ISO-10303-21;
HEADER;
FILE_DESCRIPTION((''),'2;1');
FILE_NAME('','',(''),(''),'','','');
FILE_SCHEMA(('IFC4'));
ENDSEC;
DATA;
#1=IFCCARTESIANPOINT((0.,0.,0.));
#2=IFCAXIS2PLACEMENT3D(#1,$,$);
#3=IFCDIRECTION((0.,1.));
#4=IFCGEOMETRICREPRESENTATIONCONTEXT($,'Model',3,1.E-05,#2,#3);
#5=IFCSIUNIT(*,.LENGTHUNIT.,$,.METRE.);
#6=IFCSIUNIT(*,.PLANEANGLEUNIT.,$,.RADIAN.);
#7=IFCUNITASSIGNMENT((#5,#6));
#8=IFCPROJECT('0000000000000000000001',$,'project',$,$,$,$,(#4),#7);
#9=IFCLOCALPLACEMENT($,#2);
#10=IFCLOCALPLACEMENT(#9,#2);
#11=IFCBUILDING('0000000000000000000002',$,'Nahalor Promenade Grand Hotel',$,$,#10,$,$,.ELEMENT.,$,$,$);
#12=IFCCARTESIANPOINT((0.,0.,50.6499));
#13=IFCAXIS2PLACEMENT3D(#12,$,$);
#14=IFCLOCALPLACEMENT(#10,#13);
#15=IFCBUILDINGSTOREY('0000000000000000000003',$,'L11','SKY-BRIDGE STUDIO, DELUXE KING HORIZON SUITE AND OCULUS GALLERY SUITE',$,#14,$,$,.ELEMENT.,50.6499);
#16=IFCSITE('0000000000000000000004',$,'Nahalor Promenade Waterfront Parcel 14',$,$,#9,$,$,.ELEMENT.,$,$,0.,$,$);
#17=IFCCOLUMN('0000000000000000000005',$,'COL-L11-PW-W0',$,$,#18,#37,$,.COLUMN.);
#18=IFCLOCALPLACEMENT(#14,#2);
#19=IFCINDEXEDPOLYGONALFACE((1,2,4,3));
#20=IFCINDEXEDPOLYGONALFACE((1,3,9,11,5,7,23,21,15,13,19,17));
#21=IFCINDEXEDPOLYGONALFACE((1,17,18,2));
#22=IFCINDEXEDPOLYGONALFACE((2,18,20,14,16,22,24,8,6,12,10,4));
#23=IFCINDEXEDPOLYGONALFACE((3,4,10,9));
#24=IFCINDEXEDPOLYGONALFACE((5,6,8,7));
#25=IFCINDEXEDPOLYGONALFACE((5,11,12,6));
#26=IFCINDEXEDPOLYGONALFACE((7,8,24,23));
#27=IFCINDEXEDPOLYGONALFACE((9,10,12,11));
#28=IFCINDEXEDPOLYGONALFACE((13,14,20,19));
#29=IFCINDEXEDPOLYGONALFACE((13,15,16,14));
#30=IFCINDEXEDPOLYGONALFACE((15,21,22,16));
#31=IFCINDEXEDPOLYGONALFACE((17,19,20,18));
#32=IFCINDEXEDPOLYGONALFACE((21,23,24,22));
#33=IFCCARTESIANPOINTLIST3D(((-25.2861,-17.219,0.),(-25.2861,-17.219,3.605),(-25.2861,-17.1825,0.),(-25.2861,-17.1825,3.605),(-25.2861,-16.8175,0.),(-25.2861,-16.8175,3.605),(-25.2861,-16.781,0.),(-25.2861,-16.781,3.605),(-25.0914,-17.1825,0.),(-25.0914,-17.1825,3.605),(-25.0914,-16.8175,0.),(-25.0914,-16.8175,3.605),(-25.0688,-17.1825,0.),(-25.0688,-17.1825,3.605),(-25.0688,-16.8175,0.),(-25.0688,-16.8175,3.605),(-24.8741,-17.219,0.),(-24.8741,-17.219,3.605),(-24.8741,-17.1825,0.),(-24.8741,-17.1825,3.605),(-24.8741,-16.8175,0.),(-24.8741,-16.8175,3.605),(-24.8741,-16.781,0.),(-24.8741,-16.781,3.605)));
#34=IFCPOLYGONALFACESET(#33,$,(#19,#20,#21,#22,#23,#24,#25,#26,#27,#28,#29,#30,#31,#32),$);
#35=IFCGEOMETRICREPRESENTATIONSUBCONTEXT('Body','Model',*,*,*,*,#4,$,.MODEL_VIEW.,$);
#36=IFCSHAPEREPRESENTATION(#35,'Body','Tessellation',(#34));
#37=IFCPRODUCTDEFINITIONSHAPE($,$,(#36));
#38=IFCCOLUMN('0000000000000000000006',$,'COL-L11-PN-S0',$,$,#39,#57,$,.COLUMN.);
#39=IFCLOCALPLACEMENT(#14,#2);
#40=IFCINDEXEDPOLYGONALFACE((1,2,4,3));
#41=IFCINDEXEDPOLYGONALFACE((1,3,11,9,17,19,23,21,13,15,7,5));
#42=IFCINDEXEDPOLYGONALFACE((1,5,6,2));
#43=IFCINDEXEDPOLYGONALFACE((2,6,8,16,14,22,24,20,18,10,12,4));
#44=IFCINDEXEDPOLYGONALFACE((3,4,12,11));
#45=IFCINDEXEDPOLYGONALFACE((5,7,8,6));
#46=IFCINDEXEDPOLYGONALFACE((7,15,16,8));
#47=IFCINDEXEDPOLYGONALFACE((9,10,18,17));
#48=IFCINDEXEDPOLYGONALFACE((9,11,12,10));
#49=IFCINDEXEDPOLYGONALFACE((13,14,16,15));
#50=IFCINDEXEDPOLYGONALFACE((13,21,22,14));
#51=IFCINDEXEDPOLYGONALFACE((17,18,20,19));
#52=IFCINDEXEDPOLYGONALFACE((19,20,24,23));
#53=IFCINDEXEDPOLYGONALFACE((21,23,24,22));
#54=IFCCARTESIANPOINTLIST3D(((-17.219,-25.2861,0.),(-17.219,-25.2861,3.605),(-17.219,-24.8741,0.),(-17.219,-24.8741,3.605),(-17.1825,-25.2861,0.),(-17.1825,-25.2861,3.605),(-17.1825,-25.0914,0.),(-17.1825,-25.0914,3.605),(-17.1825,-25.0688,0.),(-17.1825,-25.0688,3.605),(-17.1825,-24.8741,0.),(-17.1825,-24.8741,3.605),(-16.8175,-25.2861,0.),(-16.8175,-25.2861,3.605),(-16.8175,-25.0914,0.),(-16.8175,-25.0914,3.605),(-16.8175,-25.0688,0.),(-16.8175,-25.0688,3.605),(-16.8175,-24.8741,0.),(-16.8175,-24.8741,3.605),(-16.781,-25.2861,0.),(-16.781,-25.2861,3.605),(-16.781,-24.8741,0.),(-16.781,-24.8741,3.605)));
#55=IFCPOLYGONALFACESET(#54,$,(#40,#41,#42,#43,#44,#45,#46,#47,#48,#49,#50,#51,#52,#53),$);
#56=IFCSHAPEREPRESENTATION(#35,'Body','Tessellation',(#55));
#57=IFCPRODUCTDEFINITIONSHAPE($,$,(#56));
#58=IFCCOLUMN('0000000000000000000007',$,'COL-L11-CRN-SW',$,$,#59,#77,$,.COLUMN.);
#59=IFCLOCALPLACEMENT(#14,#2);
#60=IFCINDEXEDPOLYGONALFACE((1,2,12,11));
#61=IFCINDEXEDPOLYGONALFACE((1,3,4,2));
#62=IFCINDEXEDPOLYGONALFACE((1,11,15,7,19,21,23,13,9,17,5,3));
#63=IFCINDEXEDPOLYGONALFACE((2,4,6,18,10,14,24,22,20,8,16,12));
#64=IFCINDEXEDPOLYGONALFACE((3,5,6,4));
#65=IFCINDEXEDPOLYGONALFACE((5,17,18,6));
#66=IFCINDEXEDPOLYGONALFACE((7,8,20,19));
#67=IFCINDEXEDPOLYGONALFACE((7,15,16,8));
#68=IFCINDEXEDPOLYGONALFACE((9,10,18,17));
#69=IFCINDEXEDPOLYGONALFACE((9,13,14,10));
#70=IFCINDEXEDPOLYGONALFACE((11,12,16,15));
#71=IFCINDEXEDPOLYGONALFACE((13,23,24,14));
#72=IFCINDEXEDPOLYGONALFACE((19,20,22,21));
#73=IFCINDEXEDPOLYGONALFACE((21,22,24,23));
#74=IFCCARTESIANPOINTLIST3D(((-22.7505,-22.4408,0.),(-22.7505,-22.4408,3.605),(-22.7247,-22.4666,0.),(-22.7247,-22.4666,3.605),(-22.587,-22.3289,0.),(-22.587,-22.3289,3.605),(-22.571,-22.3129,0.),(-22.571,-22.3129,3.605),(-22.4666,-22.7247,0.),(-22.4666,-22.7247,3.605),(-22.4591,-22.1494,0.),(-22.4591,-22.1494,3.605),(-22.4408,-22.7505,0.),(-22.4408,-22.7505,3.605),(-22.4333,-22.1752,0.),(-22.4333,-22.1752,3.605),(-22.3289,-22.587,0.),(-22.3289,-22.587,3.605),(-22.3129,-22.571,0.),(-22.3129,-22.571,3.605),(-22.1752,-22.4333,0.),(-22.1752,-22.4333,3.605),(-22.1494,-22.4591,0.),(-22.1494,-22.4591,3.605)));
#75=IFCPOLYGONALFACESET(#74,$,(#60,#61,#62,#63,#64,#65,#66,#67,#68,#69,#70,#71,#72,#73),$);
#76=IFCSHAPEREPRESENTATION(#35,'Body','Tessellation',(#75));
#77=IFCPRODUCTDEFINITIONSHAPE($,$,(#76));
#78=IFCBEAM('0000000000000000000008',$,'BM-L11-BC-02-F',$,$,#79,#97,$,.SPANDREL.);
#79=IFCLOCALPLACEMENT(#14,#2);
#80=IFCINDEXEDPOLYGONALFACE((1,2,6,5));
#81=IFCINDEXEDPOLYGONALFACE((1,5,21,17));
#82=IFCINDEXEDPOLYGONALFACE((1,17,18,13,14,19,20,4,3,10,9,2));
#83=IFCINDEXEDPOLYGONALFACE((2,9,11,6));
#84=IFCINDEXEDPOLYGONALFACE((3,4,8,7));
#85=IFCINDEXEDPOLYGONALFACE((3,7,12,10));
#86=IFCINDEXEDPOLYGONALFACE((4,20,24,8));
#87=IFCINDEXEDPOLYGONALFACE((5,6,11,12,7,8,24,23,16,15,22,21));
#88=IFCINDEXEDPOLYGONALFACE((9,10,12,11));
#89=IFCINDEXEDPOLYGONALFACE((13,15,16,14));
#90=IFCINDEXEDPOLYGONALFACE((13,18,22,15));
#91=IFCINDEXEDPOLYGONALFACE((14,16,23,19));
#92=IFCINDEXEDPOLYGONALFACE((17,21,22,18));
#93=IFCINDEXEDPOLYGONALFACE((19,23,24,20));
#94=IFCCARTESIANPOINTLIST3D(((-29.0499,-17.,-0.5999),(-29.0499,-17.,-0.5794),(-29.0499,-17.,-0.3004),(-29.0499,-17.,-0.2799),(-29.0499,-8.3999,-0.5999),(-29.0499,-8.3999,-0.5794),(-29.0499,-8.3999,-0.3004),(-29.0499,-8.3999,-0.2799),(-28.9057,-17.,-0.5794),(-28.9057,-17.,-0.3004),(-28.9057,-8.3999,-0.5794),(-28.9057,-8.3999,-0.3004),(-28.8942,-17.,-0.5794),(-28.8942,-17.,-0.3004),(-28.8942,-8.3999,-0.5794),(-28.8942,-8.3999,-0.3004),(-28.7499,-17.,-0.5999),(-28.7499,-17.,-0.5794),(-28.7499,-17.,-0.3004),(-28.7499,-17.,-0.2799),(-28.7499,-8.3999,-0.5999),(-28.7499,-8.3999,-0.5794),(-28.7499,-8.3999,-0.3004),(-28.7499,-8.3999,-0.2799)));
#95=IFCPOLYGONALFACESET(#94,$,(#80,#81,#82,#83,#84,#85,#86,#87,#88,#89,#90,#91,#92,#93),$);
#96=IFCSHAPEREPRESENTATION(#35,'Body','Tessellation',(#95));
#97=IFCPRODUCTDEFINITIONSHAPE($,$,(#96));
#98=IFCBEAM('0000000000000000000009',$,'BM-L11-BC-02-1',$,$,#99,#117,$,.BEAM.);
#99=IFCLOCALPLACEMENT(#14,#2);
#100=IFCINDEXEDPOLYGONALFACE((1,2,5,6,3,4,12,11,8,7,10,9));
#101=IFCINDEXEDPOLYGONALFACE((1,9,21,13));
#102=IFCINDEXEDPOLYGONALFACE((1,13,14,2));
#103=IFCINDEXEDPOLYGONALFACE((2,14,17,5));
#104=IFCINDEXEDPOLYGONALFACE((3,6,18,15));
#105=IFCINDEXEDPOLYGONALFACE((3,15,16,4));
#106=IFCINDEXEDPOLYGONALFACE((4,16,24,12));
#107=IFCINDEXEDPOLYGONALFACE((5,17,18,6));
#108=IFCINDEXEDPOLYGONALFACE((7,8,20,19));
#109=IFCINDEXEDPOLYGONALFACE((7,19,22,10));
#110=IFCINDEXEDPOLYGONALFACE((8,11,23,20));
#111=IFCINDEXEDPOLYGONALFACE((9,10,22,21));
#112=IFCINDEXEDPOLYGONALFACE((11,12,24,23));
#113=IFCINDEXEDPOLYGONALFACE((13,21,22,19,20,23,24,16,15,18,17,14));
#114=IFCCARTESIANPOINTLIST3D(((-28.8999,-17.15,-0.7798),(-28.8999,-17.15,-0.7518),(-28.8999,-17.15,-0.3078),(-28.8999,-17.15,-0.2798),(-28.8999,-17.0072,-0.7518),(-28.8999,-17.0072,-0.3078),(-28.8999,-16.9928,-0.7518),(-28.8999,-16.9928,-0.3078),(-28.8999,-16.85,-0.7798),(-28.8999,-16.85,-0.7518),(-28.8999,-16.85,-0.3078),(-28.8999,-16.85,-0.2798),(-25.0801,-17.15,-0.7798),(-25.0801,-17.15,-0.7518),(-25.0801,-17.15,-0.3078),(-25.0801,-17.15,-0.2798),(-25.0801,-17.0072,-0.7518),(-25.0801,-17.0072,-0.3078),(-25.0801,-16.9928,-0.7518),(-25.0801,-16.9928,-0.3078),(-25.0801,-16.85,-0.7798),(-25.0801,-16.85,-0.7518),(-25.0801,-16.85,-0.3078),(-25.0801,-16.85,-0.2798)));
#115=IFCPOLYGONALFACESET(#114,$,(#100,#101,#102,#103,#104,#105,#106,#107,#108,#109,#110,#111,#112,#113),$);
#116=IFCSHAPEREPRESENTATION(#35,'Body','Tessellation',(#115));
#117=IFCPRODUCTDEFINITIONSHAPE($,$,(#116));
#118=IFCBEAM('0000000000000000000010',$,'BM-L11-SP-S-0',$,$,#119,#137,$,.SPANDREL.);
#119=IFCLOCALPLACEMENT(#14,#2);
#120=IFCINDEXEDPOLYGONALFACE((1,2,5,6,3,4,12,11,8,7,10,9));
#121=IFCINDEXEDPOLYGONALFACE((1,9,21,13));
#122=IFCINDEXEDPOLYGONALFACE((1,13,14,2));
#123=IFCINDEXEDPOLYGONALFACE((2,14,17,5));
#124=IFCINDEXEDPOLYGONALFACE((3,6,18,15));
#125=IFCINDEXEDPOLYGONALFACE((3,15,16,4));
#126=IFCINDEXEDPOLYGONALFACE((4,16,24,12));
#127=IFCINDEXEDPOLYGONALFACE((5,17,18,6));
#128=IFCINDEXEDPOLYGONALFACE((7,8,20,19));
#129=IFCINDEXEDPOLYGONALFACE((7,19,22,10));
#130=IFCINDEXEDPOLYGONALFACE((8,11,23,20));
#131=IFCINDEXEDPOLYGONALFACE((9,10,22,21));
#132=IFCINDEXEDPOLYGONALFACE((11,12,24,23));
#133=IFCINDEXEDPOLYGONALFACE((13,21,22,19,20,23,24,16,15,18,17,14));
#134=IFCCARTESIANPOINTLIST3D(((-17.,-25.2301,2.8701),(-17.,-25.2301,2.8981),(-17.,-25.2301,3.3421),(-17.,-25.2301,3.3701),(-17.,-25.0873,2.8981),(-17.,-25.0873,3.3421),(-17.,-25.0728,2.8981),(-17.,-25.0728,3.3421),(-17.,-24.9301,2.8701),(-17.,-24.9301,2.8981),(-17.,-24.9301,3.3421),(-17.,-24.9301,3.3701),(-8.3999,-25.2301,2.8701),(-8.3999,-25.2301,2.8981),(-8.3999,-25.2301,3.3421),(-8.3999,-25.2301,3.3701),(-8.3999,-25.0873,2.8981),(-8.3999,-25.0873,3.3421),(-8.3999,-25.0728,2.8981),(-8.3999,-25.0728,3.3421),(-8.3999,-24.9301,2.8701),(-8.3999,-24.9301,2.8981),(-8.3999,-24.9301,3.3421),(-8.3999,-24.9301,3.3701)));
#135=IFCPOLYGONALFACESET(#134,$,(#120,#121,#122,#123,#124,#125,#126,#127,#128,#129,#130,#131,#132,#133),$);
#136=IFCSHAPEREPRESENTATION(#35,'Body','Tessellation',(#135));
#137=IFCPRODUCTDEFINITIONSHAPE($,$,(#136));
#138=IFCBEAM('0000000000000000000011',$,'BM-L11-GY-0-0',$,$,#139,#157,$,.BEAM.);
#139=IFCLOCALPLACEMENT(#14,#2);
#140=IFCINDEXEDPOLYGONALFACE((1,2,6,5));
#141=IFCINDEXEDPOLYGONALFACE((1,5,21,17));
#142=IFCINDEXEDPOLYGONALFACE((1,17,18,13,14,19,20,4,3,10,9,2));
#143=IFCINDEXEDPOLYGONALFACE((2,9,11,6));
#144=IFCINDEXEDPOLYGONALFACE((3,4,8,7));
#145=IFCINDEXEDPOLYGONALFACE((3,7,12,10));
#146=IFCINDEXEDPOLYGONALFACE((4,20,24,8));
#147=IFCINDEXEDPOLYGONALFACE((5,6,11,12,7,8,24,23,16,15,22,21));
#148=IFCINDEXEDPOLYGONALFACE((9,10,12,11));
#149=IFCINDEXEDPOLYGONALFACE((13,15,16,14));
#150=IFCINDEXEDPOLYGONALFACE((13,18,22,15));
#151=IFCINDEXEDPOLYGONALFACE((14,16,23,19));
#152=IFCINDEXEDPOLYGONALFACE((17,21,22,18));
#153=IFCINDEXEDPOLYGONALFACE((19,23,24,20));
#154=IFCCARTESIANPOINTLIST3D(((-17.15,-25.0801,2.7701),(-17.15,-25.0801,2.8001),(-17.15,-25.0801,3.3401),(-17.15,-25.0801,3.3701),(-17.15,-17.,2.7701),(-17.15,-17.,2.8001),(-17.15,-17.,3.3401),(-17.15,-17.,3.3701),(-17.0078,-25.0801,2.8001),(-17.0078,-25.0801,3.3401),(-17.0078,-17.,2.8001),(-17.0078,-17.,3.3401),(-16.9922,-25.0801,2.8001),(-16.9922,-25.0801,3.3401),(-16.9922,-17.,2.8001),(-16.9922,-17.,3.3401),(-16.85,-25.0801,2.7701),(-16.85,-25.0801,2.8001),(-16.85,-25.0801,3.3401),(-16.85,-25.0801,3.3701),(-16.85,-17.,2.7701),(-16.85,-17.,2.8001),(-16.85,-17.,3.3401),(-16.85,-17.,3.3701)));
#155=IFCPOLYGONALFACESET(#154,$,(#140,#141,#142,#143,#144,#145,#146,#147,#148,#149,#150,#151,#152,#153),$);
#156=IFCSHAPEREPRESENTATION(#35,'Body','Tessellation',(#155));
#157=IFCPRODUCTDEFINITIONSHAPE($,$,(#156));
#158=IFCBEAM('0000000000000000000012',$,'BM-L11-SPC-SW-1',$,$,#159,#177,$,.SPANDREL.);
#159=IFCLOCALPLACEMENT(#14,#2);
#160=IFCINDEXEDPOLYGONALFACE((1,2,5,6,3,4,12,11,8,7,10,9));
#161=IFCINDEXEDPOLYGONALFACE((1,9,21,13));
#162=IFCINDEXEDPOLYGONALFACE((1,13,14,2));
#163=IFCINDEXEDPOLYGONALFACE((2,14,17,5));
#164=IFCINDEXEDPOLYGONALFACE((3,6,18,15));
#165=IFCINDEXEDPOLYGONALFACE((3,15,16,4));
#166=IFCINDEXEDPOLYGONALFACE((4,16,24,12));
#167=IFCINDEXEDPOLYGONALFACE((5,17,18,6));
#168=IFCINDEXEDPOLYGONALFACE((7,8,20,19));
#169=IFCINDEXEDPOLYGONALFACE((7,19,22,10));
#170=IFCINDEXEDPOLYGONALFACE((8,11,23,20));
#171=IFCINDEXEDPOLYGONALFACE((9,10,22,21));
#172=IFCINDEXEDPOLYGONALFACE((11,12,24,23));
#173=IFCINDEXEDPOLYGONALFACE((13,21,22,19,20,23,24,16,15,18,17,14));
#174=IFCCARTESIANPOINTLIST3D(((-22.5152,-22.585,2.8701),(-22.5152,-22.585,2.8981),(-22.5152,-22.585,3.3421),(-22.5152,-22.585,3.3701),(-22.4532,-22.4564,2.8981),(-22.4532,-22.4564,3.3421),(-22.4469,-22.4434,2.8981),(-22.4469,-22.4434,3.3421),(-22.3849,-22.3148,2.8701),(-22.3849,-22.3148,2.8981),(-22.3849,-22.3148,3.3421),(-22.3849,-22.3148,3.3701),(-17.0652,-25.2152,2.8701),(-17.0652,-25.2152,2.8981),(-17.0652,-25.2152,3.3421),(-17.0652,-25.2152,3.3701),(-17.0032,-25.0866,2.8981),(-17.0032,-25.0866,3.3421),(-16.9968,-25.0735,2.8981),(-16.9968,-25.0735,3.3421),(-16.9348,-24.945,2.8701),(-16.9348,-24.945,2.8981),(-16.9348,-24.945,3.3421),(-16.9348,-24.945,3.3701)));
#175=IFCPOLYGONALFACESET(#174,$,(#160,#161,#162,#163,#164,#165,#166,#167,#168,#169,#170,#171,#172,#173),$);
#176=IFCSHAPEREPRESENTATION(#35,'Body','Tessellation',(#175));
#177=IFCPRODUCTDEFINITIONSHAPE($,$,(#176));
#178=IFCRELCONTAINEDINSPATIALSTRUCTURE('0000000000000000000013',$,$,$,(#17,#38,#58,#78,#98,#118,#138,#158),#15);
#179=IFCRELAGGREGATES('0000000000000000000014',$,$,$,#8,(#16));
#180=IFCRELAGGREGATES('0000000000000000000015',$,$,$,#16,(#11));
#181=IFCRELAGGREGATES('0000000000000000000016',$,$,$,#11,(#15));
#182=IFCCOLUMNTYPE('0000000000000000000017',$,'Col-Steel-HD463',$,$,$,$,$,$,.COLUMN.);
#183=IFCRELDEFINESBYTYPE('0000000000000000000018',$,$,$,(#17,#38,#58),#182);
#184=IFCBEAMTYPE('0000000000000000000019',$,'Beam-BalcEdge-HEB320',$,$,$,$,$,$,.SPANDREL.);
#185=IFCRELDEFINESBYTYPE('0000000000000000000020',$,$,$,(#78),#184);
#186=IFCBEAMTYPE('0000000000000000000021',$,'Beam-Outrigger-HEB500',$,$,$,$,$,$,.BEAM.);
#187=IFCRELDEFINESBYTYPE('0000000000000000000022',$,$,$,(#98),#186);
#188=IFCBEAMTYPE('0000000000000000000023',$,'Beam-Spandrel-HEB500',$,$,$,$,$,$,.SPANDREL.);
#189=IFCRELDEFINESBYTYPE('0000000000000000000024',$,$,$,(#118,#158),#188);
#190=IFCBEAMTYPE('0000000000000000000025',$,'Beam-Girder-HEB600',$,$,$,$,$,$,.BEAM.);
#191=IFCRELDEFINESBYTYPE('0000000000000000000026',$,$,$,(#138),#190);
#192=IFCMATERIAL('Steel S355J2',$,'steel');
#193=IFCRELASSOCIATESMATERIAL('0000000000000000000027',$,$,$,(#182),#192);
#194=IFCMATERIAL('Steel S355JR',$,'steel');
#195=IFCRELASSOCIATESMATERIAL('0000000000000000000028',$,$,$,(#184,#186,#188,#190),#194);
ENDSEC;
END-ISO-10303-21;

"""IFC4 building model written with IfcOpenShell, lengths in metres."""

from ifc_helpers import new_model, si_unit, direction, frame, origin, origin_2d, place, context, subcontext, project, spatial, i_section, extrude, source, transform, mapped, material, material_profile, profile_set, type_object, element, save


model = new_model("IFC4")

# Units and contexts
model_context = context("Model", 3, precision=1e-05, world=origin(), true_north=direction((0.0, 1.0)))
body_context = subcontext(model_context, "Body", "Model", "MODEL_VIEW")
ifc_project = project(units=[si_unit("LENGTHUNIT", "METRE"), si_unit("PLANEANGLEUNIT", "RADIAN")], contexts=[model_context])

# Site, building, storey
site_placement = place(None, origin())
site = spatial("IfcSite", under=ifc_project, at=site_placement, Name="Nahalor Promenade Waterfront Parcel 14", CompositionType="ELEMENT", RefElevation=0.0)
building_placement = place(site_placement, origin())
building = spatial("IfcBuilding", under=site, at=building_placement, Name="Nahalor Promenade Grand Hotel", CompositionType="ELEMENT")
storey_placement = place(building_placement, frame((0.0, 0.0, 50.6499)))
storey = spatial("IfcBuildingStorey", under=building, at=storey_placement, Name="L11", Description="SKY-BRIDGE STUDIO, DELUXE KING HORIZON SUITE AND OCULUS GALLERY SUITE", CompositionType="ELEMENT", Elevation=50.6499)

# Columns
ifc_material_1 = material(Name="Steel S355J2", Category="steel")
ifc_material_profile_1 = material_profile(ifc_material_1, i_section(OverallWidth=0.412, OverallDepth=0.438, WebThickness=0.0226, FlangeThickness=0.0365, at=origin_2d()), Name="HD 400x463")
ifc_profile_set_1 = profile_set([ifc_material_profile_1], Name="Steel S355J2")
column_type = type_object("IfcColumnType", Name="Col-Steel-HD463", PredefinedType="COLUMN", material=ifc_profile_set_1)
shared_shape_1 = source(origin(), body_context, "Body", "SweptSolid", [
    extrude(i_section(OverallWidth=0.412, OverallDepth=0.438, WebThickness=0.0226, FlangeThickness=0.0365, at=origin_2d()), origin(), (0.0, 0.0, 1.0), 3.605),
])
for number, where, z_axis, x_axis, name in (
    (1, (-25.0801, -17.0, 0.0), (0.0, 0.0, 1.0), (1.0, 0.0, 0.0), "COL-L11-PW-W0"),
    (2, (-17.0, -25.0801, 0.0), (0.0, 0.0, 1.0), (0.0, 1.0, 0.0), "COL-L11-PN-S0"),
    (3, (-22.45, -22.45, 0.0), (0.0, 0.0, 1.0), (0.707107, 0.707107, 0.0), "COL-L11-CRN-SW"),
):
    element("IfcColumn", number, at=place(storey_placement, frame(where, z_axis=z_axis, x_axis=x_axis)), inside=storey, type_object=column_type, Name=name, PredefinedType="COLUMN", context=body_context, shape_type="MappedRepresentation", body=[
        mapped(shared_shape_1, transform((0.0, 0.0, 0.0), scale=1.0)),
    ])

# Beams
ifc_material_2 = material(Name="Steel S355JR", Category="steel")
ifc_material_profile_2 = material_profile(ifc_material_2, i_section(OverallWidth=0.3, OverallDepth=0.32, WebThickness=0.0115, FlangeThickness=0.0205, at=origin_2d()), Name="HEB 320")
ifc_profile_set_2 = profile_set([ifc_material_profile_2], Name="Steel S355JR")
beam_type_1 = type_object("IfcBeamType", Name="Beam-BalcEdge-HEB320", PredefinedType="SPANDREL", material=ifc_profile_set_2)
shared_shape_2 = source(origin(), body_context, "Body", "SweptSolid", [
    extrude(i_section(OverallWidth=0.3, OverallDepth=0.32, WebThickness=0.0115, FlangeThickness=0.0205, at=origin_2d()), origin(), (0.0, 0.0, 1.0), 8.6001),
])
beam_1_placement = place(storey_placement, frame((-28.8999, -17.0, -0.4399), z_axis=(0.0, 1.0, 0.0), x_axis=(-1.0, 0.0, 0.0)))
element("IfcBeam", 4, at=beam_1_placement, inside=storey, type_object=beam_type_1, Name="BM-L11-BC-02-F", PredefinedType="SPANDREL", context=body_context, shape_type="MappedRepresentation", body=[
    mapped(shared_shape_2, transform((0.0, 0.0, 0.0), scale=1.0)),
])
ifc_material_profile_3 = material_profile(ifc_material_2, i_section(OverallWidth=0.3, OverallDepth=0.5, WebThickness=0.0145, FlangeThickness=0.028, at=origin_2d()), Name="HEB 500")
ifc_profile_set_3 = profile_set([ifc_material_profile_3], Name="Steel S355JR")
beam_type_2 = type_object("IfcBeamType", Name="Beam-Outrigger-HEB500", PredefinedType="BEAM", material=ifc_profile_set_3)
shared_shape_3 = source(origin(), body_context, "Body", "SweptSolid", [
    extrude(i_section(OverallWidth=0.3, OverallDepth=0.5, WebThickness=0.0145, FlangeThickness=0.028, at=origin_2d()), origin(), (0.0, 0.0, 1.0), 3.8198),
])
beam_2_placement = place(storey_placement, frame((-28.8999, -17.0, -0.5298), z_axis=(1.0, 0.0, 0.0), x_axis=(0.0, 1.0, 0.0)))
element("IfcBeam", 5, at=beam_2_placement, inside=storey, type_object=beam_type_2, Name="BM-L11-BC-02-1", PredefinedType="BEAM", context=body_context, shape_type="MappedRepresentation", body=[
    mapped(shared_shape_3, transform((0.0, 0.0, 0.0), scale=1.0)),
])
ifc_material_profile_4 = material_profile(ifc_material_2, i_section(OverallWidth=0.3, OverallDepth=0.5, WebThickness=0.0145, FlangeThickness=0.028, at=origin_2d()), Name="HEB 500")
ifc_profile_set_4 = profile_set([ifc_material_profile_4], Name="Steel S355JR")
beam_type_3 = type_object("IfcBeamType", Name="Beam-Spandrel-HEB500", PredefinedType="SPANDREL", material=ifc_profile_set_4)
shared_shape_4 = source(origin(), body_context, "Body", "SweptSolid", [
    extrude(i_section(OverallWidth=0.3, OverallDepth=0.5, WebThickness=0.0145, FlangeThickness=0.028, at=origin_2d()), origin(), (0.0, 0.0, 1.0), 8.6001),
])
beam_3_placement = place(storey_placement, frame((-17.0, -25.0801, 3.1201), z_axis=(1.0, 0.0, 0.0), x_axis=(0.0, 1.0, 0.0)))
element("IfcBeam", 6, at=beam_3_placement, inside=storey, type_object=beam_type_3, Name="BM-L11-SP-S-0", PredefinedType="SPANDREL", context=body_context, shape_type="MappedRepresentation", body=[
    mapped(shared_shape_4, transform((0.0, 0.0, 0.0), scale=1.0)),
])
ifc_material_profile_5 = material_profile(ifc_material_2, i_section(OverallWidth=0.3, OverallDepth=0.6, WebThickness=0.0155, FlangeThickness=0.03, at=origin_2d()), Name="HEB 600")
ifc_profile_set_5 = profile_set([ifc_material_profile_5], Name="Steel S355JR")
beam_type_4 = type_object("IfcBeamType", Name="Beam-Girder-HEB600", PredefinedType="BEAM", material=ifc_profile_set_5)
shared_shape_5 = source(origin(), body_context, "Body", "SweptSolid", [
    extrude(i_section(OverallWidth=0.3, OverallDepth=0.6, WebThickness=0.0155, FlangeThickness=0.03, at=origin_2d()), origin(), (0.0, 0.0, 1.0), 8.0801),
])
beam_4_placement = place(storey_placement, frame((-17.0, -25.0801, 3.0701), z_axis=(0.0, 1.0, 0.0), x_axis=(-1.0, 0.0, 0.0)))
element("IfcBeam", 7, at=beam_4_placement, inside=storey, type_object=beam_type_4, Name="BM-L11-GY-0-0", PredefinedType="BEAM", context=body_context, shape_type="MappedRepresentation", body=[
    mapped(shared_shape_5, transform((0.0, 0.0, 0.0), scale=1.0)),
])
shared_shape_6 = source(origin(), body_context, "Body", "SweptSolid", [
    extrude(i_section(OverallWidth=0.3, OverallDepth=0.5, WebThickness=0.0145, FlangeThickness=0.028, at=origin_2d()), origin(), (0.0, 0.0, 1.0), 6.0515),
])
for number, where, z_axis, x_axis, name in (
    (8, (-17.0, -25.0801, 3.1201), (-0.900609, 0.434631, 0.0), (-0.434631, -0.900609, 0.0), "BM-L11-SPC-SW-1"),
):
    element("IfcBeam", number, at=place(storey_placement, frame(where, z_axis=z_axis, x_axis=x_axis)), inside=storey, type_object=beam_type_3, Name=name, PredefinedType="SPANDREL", context=body_context, shape_type="MappedRepresentation", body=[
        mapped(shared_shape_6, transform((0.0, 0.0, 0.0), scale=1.0)),
    ])

save(model, "model.ifc")
